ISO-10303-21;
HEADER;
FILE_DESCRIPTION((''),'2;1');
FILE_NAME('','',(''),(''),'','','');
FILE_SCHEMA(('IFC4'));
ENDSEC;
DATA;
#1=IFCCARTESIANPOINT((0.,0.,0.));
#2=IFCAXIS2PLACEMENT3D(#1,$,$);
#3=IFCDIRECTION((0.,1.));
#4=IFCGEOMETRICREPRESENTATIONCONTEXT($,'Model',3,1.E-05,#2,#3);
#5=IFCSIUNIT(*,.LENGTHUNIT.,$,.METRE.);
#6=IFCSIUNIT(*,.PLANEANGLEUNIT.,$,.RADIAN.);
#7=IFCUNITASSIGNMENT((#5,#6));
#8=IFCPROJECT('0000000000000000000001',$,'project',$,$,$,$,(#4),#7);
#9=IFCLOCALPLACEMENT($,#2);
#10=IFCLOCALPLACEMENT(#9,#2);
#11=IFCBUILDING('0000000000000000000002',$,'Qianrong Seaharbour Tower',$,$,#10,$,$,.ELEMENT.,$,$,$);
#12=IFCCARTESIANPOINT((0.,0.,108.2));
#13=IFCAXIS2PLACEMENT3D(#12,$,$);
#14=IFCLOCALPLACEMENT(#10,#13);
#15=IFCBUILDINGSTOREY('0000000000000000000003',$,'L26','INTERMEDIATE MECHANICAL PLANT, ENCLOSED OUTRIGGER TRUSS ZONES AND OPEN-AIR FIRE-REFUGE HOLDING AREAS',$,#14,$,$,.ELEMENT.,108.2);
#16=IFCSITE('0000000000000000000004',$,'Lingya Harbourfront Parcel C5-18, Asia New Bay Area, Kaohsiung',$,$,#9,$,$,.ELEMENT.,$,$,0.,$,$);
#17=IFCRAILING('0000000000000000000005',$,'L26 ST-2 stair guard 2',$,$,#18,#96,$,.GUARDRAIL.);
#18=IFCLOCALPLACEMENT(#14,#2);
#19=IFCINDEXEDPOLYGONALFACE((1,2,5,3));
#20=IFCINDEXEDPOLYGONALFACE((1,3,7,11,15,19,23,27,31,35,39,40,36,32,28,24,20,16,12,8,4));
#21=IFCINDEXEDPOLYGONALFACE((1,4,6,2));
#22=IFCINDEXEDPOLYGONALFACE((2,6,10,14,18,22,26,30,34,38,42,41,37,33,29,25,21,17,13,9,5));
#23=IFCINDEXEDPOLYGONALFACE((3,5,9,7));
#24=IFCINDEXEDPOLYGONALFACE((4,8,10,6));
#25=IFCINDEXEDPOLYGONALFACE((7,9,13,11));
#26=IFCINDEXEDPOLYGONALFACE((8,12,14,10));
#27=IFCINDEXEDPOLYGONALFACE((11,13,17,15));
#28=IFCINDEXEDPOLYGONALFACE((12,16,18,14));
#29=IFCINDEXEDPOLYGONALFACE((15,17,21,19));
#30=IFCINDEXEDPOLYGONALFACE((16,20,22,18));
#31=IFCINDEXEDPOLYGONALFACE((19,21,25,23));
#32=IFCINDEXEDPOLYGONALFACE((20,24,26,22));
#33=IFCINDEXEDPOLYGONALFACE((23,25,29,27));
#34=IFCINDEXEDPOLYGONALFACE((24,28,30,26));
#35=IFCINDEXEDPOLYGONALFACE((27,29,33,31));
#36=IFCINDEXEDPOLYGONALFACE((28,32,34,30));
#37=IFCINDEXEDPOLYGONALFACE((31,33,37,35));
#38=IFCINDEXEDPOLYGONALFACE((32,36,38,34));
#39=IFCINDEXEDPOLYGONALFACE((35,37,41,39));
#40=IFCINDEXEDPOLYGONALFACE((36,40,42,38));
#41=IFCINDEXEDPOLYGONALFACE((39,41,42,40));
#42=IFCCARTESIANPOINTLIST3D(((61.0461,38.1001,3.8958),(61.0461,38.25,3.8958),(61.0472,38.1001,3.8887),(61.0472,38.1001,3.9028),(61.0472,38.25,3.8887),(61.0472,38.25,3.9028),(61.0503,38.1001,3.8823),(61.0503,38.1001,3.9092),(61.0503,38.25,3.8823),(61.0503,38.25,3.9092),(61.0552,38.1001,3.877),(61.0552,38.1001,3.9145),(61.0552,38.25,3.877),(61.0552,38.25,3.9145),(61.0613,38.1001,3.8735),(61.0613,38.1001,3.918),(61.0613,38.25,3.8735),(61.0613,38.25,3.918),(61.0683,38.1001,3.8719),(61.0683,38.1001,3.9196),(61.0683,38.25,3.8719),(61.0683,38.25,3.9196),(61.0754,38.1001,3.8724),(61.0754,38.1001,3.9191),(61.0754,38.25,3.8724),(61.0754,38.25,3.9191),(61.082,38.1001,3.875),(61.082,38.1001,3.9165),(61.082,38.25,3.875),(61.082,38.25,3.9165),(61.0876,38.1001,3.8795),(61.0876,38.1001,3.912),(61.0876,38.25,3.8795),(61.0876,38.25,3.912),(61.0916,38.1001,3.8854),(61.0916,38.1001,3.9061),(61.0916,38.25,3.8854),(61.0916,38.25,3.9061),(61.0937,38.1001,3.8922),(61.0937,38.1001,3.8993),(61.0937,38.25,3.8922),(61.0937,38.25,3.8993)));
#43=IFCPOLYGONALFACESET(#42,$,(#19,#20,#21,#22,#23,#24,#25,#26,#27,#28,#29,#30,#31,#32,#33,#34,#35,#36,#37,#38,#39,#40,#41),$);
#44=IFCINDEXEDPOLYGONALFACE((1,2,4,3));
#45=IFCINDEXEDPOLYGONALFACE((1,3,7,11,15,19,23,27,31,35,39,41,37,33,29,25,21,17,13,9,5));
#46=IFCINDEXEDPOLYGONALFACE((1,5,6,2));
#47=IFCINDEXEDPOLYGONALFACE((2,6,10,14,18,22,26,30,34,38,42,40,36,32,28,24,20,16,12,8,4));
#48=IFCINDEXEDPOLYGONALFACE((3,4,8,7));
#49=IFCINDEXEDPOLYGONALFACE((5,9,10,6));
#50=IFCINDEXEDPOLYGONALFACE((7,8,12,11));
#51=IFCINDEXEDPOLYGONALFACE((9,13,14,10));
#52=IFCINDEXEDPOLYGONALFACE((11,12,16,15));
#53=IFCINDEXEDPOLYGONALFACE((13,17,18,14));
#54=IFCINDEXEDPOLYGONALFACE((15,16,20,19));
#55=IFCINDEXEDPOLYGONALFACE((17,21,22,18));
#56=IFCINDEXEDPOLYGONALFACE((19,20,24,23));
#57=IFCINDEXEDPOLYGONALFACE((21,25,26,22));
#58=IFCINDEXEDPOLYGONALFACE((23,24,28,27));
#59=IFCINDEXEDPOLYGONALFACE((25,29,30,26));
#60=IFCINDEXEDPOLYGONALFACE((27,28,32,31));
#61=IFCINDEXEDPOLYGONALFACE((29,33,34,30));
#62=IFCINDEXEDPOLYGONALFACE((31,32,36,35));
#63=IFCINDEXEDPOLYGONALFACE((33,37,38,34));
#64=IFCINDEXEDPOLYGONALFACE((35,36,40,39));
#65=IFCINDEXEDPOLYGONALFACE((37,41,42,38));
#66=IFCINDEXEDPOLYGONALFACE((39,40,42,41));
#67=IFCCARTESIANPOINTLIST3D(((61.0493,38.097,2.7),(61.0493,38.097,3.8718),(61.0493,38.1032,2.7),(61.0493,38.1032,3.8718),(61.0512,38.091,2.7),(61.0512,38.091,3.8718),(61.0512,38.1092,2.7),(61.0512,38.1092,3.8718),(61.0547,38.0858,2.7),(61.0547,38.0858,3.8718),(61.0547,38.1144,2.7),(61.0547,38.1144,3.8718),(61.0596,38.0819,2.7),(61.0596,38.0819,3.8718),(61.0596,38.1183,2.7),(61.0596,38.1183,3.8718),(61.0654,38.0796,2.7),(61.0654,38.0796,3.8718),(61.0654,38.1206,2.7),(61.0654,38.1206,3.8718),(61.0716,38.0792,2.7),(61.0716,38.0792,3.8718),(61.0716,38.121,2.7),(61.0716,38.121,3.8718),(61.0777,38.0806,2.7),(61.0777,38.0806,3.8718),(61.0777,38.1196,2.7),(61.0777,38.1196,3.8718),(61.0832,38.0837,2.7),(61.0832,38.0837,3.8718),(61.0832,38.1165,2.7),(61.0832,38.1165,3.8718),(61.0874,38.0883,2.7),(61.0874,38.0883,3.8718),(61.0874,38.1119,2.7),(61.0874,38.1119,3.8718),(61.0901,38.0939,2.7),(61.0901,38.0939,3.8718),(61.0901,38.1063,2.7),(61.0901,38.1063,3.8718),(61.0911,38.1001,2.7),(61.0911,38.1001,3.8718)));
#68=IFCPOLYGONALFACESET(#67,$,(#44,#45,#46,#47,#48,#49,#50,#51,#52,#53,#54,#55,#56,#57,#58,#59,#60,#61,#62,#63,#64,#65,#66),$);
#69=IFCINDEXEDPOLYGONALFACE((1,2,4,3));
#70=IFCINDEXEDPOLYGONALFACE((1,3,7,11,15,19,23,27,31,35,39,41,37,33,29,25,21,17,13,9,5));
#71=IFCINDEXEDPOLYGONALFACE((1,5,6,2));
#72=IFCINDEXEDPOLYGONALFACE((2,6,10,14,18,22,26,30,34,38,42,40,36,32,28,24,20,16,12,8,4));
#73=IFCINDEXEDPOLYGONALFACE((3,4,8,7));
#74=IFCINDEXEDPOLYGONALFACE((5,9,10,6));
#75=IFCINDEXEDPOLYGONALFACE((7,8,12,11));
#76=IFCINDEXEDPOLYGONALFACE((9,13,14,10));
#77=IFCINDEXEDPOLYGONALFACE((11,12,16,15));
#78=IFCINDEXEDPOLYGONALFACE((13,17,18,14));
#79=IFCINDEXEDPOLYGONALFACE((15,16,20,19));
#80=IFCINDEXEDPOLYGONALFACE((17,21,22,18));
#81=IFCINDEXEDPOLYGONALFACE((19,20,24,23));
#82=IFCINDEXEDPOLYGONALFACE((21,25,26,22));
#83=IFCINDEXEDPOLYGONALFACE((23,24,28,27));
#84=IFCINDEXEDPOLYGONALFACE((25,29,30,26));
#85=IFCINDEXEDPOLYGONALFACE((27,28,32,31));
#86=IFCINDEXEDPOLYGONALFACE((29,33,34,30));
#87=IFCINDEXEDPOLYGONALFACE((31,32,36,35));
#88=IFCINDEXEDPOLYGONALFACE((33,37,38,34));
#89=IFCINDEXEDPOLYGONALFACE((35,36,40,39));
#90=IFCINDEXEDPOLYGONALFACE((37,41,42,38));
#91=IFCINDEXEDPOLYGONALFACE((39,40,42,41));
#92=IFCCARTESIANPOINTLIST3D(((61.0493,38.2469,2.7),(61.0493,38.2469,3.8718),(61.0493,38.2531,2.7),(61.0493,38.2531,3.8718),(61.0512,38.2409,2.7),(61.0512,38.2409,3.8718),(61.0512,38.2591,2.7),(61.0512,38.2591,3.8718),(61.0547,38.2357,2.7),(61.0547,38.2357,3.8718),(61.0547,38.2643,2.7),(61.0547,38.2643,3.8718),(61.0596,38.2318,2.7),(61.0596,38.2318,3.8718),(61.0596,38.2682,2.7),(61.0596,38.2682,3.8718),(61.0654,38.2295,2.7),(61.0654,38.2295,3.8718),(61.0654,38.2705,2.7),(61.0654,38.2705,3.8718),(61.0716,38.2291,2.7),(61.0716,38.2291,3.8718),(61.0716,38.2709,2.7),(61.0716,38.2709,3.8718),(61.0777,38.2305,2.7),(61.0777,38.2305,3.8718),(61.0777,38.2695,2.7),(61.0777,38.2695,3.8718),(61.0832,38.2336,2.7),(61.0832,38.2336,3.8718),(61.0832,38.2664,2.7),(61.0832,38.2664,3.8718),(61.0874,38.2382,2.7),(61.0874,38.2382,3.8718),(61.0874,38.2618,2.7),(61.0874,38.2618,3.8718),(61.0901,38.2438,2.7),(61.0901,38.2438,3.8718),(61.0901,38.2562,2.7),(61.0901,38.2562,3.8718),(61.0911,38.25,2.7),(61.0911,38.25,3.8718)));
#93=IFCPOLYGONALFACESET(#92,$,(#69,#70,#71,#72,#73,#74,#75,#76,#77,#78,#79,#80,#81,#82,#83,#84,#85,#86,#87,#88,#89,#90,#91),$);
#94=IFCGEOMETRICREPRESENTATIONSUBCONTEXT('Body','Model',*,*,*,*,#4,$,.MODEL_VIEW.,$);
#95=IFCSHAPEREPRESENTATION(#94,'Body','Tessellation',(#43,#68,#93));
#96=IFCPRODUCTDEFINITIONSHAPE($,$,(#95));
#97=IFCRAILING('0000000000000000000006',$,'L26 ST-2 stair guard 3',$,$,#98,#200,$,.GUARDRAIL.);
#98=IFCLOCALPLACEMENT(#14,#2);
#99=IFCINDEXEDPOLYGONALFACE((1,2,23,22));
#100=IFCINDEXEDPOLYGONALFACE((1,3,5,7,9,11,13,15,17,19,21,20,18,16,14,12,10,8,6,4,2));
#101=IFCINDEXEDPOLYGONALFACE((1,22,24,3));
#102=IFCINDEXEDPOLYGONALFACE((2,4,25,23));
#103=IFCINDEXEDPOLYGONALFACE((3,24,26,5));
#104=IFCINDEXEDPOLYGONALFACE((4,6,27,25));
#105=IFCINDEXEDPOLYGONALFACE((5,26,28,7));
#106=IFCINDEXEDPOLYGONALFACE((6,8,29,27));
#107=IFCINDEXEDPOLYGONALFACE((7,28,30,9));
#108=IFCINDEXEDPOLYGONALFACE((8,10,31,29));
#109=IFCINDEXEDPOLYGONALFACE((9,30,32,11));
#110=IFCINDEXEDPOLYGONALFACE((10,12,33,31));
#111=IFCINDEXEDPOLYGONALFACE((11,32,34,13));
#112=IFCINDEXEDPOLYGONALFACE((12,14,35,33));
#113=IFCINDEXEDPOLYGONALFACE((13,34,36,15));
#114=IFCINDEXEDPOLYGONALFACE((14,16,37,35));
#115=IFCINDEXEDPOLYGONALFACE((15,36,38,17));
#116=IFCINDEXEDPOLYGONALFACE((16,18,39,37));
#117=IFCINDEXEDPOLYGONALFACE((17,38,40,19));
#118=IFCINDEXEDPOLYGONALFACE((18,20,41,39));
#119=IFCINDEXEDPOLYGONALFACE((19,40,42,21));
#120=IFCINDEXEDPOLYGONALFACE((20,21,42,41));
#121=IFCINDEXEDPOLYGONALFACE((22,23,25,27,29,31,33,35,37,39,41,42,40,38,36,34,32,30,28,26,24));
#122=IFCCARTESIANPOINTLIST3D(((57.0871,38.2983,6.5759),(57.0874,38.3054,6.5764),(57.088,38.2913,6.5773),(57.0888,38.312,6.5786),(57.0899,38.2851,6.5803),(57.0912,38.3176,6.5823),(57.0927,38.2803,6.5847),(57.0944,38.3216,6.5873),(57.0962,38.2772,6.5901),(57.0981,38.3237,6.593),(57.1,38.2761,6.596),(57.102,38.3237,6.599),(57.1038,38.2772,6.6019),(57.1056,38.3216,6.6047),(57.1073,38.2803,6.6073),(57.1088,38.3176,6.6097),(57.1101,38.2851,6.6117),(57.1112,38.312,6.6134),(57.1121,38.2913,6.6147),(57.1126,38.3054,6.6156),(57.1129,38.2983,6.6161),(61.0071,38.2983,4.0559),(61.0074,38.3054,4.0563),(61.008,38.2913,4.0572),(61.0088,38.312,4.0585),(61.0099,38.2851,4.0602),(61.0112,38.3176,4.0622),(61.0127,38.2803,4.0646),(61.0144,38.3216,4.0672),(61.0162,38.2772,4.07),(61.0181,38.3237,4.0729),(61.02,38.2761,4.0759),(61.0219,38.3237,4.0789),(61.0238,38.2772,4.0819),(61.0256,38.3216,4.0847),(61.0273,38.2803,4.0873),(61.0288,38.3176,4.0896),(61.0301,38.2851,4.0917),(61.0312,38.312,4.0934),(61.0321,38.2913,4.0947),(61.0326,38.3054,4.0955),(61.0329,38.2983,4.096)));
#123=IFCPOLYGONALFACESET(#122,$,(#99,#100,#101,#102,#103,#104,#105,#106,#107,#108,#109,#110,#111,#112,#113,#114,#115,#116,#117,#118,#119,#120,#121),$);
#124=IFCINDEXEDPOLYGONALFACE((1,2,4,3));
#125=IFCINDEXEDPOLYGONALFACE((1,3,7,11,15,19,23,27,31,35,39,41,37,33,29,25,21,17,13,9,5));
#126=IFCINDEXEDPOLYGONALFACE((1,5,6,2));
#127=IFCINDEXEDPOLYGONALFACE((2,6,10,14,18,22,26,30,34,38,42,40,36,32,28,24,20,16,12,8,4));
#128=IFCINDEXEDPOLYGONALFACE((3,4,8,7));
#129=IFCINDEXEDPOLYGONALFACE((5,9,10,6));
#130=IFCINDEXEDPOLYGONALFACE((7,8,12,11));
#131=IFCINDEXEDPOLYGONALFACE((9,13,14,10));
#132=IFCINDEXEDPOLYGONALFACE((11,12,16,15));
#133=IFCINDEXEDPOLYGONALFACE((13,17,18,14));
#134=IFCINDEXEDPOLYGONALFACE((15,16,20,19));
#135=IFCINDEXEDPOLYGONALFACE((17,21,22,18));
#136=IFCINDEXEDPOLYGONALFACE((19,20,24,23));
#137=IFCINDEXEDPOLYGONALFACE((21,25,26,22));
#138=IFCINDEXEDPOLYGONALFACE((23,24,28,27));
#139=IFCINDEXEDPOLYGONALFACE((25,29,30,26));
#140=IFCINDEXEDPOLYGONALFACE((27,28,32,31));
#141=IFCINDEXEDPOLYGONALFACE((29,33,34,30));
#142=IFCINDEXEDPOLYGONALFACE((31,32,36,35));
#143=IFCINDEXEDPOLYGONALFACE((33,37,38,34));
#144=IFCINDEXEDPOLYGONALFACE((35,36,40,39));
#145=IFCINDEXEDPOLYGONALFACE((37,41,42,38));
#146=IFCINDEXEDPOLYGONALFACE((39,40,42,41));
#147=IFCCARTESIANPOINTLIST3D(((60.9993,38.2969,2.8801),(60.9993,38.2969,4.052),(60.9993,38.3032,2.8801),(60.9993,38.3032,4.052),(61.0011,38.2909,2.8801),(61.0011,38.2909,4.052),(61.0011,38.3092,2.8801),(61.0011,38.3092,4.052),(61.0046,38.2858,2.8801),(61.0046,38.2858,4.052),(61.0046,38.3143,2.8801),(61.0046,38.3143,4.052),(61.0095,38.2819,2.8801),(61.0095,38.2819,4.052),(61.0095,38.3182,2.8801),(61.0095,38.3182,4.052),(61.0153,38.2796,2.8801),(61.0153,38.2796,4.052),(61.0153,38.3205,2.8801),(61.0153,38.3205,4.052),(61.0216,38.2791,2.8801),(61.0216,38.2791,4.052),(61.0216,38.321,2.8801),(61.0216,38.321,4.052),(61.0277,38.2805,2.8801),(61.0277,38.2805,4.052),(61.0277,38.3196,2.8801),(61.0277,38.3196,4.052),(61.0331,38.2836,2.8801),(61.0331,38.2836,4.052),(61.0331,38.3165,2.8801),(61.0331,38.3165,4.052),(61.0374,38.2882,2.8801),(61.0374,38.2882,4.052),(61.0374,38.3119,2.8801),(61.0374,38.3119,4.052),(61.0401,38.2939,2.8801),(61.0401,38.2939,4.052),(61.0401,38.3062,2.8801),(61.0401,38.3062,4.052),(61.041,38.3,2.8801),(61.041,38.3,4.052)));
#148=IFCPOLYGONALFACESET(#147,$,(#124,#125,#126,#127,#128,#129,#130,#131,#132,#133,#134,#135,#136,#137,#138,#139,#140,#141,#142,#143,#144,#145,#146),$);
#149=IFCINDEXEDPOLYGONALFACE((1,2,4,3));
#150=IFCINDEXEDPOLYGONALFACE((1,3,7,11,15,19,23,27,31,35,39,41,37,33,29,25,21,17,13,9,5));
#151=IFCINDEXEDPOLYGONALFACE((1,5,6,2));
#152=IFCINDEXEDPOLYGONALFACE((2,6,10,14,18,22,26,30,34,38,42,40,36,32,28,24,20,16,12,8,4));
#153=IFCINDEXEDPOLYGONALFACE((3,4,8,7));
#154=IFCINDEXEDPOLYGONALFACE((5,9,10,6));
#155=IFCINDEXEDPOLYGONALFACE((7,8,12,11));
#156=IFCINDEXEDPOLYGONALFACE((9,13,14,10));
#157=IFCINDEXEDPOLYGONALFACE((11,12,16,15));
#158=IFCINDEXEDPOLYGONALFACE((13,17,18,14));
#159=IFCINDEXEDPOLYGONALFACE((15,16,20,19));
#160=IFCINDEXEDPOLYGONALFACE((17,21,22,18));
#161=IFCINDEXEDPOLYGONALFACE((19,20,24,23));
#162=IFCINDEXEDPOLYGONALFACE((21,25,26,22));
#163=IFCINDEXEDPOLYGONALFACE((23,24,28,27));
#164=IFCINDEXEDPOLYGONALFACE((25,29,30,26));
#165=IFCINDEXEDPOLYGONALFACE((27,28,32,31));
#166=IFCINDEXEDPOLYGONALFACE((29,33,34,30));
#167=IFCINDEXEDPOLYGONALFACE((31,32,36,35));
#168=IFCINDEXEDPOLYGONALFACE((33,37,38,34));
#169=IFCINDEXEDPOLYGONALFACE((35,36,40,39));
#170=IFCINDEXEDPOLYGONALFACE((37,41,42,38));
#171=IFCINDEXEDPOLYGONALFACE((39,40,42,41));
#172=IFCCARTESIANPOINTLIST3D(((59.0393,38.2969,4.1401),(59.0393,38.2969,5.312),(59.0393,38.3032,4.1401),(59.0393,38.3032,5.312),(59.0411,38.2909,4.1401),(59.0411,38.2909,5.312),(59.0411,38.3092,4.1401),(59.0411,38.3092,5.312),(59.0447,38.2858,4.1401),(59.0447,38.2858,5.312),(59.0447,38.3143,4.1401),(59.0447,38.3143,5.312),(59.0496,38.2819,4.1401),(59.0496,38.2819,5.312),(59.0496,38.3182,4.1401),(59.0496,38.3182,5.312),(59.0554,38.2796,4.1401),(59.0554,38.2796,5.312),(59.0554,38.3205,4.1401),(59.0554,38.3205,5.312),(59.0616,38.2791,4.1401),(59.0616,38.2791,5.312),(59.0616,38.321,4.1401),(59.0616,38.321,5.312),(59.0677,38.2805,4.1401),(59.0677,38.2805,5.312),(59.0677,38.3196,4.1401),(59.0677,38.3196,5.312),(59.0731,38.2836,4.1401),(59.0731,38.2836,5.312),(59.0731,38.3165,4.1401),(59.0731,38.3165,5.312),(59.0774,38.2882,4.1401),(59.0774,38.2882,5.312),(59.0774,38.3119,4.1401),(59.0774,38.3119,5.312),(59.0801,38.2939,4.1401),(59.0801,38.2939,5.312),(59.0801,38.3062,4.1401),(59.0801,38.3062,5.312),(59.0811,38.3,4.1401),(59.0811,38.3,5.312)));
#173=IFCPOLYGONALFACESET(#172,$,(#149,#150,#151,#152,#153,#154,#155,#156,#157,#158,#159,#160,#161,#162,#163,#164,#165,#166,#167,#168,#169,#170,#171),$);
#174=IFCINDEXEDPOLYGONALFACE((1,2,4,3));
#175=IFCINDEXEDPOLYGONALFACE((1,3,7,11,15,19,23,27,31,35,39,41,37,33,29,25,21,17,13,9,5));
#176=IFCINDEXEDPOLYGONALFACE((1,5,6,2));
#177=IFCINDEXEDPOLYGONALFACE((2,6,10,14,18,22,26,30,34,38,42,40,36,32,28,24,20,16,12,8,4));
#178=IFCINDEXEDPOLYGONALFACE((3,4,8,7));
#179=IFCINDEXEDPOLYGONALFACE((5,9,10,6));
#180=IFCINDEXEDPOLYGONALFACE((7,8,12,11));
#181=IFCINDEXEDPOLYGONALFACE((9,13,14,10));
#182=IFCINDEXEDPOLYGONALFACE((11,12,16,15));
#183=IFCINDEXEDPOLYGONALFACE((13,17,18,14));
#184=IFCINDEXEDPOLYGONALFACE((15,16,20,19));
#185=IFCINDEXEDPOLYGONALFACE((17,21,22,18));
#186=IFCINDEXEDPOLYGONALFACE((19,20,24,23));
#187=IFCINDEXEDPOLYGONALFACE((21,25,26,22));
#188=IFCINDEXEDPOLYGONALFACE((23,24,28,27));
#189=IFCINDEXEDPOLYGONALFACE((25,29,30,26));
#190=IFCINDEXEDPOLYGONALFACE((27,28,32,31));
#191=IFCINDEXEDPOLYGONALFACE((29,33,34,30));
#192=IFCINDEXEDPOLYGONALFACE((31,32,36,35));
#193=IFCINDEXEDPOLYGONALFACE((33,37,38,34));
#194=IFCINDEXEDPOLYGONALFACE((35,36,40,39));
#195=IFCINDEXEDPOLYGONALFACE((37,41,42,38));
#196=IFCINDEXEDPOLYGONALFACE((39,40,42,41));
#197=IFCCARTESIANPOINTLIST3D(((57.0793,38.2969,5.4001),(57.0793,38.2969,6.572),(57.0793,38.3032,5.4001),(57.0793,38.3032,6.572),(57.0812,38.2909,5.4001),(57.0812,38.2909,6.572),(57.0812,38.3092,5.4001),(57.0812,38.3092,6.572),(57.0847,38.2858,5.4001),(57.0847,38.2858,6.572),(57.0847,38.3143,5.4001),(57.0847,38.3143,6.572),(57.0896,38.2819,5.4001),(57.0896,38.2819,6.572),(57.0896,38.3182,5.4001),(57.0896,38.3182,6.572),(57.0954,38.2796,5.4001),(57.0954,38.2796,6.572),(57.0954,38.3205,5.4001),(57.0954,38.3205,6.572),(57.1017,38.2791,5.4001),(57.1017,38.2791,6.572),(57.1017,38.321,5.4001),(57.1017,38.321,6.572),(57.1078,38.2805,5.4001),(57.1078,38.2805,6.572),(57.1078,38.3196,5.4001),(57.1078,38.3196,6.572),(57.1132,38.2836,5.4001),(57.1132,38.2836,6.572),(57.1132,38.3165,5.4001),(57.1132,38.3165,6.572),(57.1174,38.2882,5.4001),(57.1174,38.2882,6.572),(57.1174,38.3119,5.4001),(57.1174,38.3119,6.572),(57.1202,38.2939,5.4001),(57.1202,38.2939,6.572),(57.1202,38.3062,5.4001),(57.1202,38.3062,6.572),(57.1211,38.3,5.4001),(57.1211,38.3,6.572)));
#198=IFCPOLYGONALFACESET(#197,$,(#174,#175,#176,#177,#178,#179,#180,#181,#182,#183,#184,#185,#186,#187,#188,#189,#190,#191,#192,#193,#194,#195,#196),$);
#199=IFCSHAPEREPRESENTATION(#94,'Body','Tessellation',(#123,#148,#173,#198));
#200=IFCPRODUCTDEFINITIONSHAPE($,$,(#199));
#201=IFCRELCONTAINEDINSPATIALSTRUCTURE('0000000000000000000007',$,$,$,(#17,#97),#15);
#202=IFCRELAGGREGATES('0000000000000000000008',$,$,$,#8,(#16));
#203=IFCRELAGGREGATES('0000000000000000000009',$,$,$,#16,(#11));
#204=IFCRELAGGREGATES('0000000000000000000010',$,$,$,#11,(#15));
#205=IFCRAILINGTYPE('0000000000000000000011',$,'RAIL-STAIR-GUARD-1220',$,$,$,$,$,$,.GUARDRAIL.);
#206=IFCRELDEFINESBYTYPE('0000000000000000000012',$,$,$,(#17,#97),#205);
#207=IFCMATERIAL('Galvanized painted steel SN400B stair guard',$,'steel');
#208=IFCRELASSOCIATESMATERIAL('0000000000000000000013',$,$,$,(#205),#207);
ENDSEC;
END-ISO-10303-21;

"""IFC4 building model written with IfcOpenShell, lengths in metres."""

from ifc_helpers import new_model, si_unit, direction, frame, origin, origin_2d, place, context, subcontext, project, spatial, circle, extrude, material, type_object, element, save


model = new_model("IFC4")

# Units and contexts
model_context = context("Model", 3, precision=1e-05, world=origin(), true_north=direction((0.0, 1.0)))
body_context = subcontext(model_context, "Body", "Model", "MODEL_VIEW")
ifc_project = project(units=[si_unit("LENGTHUNIT", "METRE"), si_unit("PLANEANGLEUNIT", "RADIAN")], contexts=[model_context])

# Site, building, storey
site_placement = place(None, origin())
site = spatial("IfcSite", under=ifc_project, at=site_placement, Name="Lingya Harbourfront Parcel C5-18, Asia New Bay Area, Kaohsiung", CompositionType="ELEMENT", RefElevation=0.0)
building_placement = place(site_placement, origin())
building = spatial("IfcBuilding", under=site, at=building_placement, Name="Qianrong Seaharbour Tower", CompositionType="ELEMENT")
storey_placement = place(building_placement, frame((0.0, 0.0, 108.2)))
storey = spatial("IfcBuildingStorey", under=building, at=storey_placement, Name="L26", Description="INTERMEDIATE MECHANICAL PLANT, ENCLOSED OUTRIGGER TRUSS ZONES AND OPEN-AIR FIRE-REFUGE HOLDING AREAS", CompositionType="ELEMENT", Elevation=108.2)

# Railings
ifc_material_1 = material(Name="Galvanized painted steel SN400B stair guard", Category="steel")
railing_type_1 = type_object("IfcRailingType", Name="RAIL-STAIR-GUARD-1220", PredefinedType="GUARDRAIL", material=ifc_material_1)
railing_1_placement = place(storey_placement, frame((61.0701, 38.1001, 2.7)))
element("IfcRailing", 1, at=railing_1_placement, inside=storey, type_object=railing_type_1, Name="L26 ST-2 stair guard 2", PredefinedType="GUARDRAIL", context=body_context, shape_type="SweptSolid", body=[
    extrude(circle(Radius=0.0239, at=origin_2d()), frame((0.0, 0.0, 1.1958), z_axis=(0.0, 1.0, 0.0), x_axis=(-1.0, 0.0, 0.0)), (0.0, 0.0, 1.0), 0.1499),
    extrude(circle(Radius=0.021, at=origin_2d()), origin(), (0.0, 0.0, 1.0), 1.1719),
    extrude(circle(Radius=0.021, at=origin_2d()), frame((0.0, 0.1499, 0.0)), (0.0, 0.0, 1.0), 1.1719),
])
railing_2_placement = place(storey_placement, frame((61.02, 38.3, 2.8801)))
element("IfcRailing", 2, at=railing_2_placement, inside=storey, type_object=railing_type_1, Name="L26 ST-2 stair guard 3", PredefinedType="GUARDRAIL", context=body_context, shape_type="SweptSolid", body=[
    extrude(circle(Radius=0.0239, at=origin_2d()), frame((0.0, 0.0, 1.1958), z_axis=(-0.841172, 0.0, 0.540768), x_axis=(0.0, -1.0, 0.0)), (0.0, 0.0, 1.0), 4.6602),
    extrude(circle(Radius=0.021, at=origin_2d()), origin(), (0.0, 0.0, 1.0), 1.1719),
    extrude(circle(Radius=0.021, at=origin_2d()), frame((-1.96, 0.0, 1.26)), (0.0, 0.0, 1.0), 1.1719),
    extrude(circle(Radius=0.021, at=origin_2d()), frame((-3.9199, 0.0, 2.52)), (0.0, 0.0, 1.0), 1.1719),
])

save(model, "model.ifc")
